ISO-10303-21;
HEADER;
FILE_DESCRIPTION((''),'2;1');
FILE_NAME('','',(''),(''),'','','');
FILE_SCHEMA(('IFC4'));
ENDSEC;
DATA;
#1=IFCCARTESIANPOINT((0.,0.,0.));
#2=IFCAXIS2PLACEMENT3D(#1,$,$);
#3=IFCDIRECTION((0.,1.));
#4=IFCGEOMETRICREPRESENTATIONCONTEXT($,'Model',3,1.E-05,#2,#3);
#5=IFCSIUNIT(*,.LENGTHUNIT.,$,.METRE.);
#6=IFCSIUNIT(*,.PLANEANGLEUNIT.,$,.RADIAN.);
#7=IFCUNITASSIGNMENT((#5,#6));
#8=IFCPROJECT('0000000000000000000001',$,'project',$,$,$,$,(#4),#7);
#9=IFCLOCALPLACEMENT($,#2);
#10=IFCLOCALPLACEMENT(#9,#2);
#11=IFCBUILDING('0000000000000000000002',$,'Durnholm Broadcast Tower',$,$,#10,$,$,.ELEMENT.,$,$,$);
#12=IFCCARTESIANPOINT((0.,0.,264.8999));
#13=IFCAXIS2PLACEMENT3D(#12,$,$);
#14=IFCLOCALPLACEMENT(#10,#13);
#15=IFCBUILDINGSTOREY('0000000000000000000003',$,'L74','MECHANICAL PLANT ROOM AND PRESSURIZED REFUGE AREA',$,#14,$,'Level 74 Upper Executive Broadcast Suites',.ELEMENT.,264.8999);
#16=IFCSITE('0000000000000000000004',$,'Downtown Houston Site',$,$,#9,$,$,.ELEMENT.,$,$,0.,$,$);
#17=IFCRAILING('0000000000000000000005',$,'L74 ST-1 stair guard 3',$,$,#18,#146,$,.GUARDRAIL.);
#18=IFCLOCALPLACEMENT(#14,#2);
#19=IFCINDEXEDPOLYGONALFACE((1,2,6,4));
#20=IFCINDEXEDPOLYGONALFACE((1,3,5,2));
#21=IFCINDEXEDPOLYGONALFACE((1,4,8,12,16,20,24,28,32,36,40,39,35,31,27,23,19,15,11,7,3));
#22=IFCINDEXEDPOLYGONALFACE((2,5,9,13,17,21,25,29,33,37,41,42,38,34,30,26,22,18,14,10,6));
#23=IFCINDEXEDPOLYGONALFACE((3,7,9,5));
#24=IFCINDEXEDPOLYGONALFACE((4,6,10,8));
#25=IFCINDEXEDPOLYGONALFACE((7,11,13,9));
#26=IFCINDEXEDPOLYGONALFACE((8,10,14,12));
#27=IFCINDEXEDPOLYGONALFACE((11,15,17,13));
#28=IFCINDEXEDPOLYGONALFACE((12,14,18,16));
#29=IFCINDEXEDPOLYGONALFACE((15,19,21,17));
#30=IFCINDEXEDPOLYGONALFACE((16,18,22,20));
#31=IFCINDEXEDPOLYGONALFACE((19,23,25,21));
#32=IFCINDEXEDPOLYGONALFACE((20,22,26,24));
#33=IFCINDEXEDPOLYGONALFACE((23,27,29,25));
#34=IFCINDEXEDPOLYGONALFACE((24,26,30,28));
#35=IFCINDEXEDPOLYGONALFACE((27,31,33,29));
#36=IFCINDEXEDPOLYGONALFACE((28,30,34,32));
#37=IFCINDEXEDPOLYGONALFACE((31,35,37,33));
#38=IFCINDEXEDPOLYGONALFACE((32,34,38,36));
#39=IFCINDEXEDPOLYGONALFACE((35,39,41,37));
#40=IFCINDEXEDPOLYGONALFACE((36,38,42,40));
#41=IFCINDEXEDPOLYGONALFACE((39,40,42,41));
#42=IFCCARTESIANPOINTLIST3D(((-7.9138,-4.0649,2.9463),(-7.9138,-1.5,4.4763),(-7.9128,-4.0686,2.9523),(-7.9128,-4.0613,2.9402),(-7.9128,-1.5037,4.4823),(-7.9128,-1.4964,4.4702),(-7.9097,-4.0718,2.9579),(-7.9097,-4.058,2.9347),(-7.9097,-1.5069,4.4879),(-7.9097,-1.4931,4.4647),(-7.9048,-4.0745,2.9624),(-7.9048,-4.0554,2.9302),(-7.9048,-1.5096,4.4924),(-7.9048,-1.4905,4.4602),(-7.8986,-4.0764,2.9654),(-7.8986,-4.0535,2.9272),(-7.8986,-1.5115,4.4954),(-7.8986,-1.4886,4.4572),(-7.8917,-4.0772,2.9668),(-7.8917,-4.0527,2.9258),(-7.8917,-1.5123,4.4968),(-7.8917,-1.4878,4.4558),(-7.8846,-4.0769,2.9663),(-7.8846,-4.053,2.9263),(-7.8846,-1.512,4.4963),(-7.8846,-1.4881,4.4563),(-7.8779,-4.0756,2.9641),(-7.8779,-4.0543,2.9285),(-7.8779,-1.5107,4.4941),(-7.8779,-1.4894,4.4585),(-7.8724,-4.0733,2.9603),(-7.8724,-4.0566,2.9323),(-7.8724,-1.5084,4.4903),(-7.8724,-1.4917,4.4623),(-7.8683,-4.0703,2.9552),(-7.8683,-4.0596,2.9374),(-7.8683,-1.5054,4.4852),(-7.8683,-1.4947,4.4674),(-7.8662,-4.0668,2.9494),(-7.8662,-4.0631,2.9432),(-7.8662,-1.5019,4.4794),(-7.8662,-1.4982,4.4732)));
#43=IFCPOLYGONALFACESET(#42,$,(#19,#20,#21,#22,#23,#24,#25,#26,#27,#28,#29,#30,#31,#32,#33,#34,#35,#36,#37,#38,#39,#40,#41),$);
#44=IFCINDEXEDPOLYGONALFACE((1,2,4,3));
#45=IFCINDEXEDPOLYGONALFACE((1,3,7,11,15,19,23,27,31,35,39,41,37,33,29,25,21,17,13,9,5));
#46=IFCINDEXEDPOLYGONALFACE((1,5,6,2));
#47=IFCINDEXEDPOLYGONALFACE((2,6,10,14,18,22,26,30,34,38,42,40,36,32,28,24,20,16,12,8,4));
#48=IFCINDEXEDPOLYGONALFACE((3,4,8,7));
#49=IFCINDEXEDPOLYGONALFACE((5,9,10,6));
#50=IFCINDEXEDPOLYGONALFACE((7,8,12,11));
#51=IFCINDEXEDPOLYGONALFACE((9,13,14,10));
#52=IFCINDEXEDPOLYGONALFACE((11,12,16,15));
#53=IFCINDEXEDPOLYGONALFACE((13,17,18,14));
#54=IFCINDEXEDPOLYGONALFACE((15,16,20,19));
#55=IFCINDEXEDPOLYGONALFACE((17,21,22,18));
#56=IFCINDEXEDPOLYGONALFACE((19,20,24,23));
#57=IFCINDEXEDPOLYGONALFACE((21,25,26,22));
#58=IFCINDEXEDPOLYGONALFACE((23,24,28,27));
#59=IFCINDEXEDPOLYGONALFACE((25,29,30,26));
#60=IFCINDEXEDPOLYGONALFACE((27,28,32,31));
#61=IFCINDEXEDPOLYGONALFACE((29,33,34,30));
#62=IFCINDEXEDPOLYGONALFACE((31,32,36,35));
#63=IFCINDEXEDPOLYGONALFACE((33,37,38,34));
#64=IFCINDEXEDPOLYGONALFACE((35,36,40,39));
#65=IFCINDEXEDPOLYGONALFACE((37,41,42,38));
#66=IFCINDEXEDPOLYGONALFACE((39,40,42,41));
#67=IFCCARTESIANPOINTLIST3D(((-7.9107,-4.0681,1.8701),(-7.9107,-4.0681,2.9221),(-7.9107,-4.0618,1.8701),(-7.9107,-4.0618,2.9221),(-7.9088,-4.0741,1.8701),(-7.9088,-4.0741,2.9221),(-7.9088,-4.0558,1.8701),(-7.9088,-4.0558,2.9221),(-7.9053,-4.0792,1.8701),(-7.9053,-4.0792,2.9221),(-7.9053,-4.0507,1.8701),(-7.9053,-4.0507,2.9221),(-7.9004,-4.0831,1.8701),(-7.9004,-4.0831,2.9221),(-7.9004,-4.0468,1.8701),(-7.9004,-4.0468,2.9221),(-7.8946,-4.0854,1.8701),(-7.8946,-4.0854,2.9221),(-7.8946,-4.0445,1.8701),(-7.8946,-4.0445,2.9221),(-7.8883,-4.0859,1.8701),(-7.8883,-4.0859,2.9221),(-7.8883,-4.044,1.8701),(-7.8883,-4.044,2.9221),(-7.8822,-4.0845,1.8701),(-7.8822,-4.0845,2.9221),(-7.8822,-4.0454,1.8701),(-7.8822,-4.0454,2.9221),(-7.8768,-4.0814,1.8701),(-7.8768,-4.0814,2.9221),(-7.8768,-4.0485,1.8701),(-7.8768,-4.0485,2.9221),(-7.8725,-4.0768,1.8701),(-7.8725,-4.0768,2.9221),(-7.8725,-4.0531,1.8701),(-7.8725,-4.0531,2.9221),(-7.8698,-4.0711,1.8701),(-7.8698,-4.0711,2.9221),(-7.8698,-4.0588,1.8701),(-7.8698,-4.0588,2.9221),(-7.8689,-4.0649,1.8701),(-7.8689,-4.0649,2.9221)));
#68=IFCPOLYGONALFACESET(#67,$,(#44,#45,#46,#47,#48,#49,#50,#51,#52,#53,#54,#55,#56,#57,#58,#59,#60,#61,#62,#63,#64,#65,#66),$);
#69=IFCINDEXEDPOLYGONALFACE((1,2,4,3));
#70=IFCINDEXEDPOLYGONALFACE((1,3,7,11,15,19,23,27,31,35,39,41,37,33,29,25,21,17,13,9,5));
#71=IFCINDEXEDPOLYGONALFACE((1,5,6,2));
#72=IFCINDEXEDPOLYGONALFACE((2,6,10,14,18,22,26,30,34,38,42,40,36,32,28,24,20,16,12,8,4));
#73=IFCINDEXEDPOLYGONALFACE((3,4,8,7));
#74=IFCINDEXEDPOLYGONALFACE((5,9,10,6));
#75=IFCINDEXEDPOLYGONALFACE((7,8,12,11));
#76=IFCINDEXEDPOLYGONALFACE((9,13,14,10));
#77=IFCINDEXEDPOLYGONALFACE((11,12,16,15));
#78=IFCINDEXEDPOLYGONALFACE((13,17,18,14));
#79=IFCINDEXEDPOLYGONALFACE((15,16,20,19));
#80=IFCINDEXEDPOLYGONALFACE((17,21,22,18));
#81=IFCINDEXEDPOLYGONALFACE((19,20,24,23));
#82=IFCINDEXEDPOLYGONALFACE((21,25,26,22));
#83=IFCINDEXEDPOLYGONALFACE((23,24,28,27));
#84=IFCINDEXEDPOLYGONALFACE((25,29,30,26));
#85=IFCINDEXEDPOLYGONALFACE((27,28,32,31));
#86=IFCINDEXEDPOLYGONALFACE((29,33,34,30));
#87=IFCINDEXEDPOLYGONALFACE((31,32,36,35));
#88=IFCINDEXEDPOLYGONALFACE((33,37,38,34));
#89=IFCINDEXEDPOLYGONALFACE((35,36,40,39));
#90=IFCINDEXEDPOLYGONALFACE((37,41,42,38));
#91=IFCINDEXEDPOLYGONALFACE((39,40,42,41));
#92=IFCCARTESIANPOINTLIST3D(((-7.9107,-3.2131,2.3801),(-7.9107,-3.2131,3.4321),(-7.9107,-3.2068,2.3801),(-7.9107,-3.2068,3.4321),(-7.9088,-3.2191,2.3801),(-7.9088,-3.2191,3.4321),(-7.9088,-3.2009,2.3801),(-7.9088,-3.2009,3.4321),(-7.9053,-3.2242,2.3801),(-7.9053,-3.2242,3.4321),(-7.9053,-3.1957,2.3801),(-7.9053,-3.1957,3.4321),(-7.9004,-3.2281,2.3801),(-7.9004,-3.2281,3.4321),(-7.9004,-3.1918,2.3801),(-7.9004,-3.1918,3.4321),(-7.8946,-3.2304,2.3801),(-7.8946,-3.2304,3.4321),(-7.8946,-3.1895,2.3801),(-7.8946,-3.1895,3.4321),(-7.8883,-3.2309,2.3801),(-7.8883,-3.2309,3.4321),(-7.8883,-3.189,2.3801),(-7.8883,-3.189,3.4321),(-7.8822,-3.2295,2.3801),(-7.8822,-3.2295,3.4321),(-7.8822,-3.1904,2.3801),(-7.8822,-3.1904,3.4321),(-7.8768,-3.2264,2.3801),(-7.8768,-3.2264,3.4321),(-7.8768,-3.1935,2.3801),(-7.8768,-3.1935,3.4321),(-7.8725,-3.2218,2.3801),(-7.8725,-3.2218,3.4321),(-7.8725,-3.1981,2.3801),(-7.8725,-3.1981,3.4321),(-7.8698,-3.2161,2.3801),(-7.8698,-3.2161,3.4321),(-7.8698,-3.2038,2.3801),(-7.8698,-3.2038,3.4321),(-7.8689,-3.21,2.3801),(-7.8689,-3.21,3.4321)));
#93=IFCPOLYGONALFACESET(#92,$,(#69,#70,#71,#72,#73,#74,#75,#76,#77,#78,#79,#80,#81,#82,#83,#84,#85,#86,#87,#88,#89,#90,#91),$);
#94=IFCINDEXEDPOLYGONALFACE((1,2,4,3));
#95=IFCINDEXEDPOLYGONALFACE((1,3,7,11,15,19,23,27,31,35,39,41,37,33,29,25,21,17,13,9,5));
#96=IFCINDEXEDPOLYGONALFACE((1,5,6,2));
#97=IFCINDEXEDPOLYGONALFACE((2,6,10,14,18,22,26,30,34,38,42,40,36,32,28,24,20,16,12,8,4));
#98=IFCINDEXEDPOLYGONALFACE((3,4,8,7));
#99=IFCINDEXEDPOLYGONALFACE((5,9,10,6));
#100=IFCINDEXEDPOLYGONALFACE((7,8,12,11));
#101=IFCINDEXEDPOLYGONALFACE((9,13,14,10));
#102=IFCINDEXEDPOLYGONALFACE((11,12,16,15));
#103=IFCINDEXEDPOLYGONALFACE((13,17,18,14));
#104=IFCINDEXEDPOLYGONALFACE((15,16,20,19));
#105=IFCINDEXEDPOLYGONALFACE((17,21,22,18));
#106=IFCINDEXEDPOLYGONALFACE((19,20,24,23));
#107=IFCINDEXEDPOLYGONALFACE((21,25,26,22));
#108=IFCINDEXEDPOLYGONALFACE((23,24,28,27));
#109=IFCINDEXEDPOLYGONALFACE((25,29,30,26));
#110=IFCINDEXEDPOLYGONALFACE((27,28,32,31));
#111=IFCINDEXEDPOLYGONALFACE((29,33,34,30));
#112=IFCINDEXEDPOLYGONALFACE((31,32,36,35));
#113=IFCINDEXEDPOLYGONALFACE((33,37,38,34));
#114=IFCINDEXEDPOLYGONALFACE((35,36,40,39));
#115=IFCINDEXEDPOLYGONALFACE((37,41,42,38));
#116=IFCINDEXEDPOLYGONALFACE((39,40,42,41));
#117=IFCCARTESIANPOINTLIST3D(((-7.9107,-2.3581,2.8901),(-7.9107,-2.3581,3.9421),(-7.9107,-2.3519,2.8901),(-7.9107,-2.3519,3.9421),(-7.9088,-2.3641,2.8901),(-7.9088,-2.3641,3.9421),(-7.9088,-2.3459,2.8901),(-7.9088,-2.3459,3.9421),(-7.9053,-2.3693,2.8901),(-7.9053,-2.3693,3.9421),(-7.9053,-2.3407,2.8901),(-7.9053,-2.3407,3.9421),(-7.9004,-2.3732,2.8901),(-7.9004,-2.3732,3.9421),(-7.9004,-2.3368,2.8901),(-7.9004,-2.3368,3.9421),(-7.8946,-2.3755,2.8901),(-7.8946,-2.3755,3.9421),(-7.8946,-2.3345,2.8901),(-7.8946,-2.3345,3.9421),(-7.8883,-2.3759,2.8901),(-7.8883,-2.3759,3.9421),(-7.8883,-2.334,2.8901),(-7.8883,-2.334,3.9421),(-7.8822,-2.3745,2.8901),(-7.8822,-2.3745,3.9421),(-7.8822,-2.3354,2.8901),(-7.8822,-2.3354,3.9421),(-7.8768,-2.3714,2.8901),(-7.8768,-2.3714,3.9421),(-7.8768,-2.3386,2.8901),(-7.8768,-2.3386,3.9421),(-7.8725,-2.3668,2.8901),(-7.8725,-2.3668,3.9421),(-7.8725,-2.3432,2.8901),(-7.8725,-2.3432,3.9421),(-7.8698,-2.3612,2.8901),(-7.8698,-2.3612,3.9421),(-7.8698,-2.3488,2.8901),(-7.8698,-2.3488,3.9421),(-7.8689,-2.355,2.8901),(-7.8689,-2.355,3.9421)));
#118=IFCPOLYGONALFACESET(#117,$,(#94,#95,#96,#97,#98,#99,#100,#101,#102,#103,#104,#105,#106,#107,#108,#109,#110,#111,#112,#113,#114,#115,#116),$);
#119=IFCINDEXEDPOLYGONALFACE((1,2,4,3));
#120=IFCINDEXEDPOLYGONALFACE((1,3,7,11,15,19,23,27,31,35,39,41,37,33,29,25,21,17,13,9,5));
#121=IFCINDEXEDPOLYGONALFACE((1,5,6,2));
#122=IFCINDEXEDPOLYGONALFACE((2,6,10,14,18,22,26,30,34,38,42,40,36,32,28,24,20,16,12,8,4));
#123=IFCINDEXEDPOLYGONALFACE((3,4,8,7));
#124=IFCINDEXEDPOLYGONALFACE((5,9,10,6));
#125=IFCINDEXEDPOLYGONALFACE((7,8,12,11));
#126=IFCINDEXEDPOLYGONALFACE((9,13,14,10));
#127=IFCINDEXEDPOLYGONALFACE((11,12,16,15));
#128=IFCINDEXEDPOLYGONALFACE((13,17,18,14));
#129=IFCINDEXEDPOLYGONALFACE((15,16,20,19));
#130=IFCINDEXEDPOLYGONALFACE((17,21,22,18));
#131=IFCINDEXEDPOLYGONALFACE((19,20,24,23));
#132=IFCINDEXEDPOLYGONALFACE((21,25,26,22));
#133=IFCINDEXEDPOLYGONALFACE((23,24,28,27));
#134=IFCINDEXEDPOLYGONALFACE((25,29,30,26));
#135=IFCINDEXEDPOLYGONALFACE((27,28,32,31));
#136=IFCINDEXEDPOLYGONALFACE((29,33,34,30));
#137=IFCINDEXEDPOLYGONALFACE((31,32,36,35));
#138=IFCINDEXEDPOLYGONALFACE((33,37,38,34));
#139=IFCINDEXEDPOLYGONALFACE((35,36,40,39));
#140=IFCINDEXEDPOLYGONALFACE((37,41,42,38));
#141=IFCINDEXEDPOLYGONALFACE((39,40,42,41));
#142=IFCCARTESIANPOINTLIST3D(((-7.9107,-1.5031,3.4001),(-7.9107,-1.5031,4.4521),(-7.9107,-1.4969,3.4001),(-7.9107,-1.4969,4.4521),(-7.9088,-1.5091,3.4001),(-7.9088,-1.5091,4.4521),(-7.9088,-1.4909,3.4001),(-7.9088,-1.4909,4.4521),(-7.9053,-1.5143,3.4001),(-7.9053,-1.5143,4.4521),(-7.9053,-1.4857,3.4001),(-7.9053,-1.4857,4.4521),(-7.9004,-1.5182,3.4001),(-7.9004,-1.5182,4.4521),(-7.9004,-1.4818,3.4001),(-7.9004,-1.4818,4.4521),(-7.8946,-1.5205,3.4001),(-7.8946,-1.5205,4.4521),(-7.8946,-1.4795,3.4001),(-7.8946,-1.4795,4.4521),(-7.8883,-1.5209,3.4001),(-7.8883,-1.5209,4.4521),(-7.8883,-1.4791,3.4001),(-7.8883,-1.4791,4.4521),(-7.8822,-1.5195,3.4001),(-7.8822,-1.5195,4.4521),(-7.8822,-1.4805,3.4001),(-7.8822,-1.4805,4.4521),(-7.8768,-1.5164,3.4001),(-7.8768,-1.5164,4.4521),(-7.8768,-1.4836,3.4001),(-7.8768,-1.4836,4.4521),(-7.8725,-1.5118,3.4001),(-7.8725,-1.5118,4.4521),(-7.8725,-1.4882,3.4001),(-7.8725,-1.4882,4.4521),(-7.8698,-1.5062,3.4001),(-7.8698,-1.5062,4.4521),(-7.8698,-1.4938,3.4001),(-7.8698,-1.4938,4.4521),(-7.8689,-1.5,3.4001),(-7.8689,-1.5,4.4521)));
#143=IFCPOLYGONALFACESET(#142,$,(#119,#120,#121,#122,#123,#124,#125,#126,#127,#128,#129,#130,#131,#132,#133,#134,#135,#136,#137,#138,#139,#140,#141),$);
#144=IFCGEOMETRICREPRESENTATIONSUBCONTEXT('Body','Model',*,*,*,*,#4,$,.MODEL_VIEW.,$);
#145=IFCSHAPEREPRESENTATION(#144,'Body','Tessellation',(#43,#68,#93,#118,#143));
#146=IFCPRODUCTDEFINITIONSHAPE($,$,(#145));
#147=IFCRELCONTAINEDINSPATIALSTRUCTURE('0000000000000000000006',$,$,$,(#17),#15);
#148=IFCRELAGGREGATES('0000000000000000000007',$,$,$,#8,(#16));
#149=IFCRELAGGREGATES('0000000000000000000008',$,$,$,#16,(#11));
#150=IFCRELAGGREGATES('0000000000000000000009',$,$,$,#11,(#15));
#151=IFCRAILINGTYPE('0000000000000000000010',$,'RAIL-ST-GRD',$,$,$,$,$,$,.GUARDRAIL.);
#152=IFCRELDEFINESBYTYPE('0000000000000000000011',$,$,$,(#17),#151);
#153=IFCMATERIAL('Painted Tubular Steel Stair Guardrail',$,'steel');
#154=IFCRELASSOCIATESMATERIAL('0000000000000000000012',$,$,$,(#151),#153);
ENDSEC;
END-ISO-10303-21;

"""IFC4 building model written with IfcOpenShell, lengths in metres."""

from ifc_helpers import new_model, si_unit, direction, frame, origin, origin_2d, place, context, subcontext, project, spatial, circle, extrude, material, type_object, element, save


model = new_model("IFC4")

# Units and contexts
model_context = context("Model", 3, precision=1e-05, world=origin(), true_north=direction((0.0, 1.0)))
body_context = subcontext(model_context, "Body", "Model", "MODEL_VIEW")
ifc_project = project(units=[si_unit("LENGTHUNIT", "METRE"), si_unit("PLANEANGLEUNIT", "RADIAN")], contexts=[model_context])

# Site, building, storey
site_placement = place(None, origin())
site = spatial("IfcSite", under=ifc_project, at=site_placement, Name="Downtown Houston Site", CompositionType="ELEMENT", RefElevation=0.0)
building_placement = place(site_placement, origin())
building = spatial("IfcBuilding", under=site, at=building_placement, Name="Durnholm Broadcast Tower", CompositionType="ELEMENT")
storey_placement = place(building_placement, frame((0.0, 0.0, 264.8999)))
storey = spatial("IfcBuildingStorey", under=building, at=storey_placement, Name="L74", Description="MECHANICAL PLANT ROOM AND PRESSURIZED REFUGE AREA", LongName="Level 74 Upper Executive Broadcast Suites", CompositionType="ELEMENT", Elevation=264.8999)

# Railing
ifc_material_1 = material(Name="Painted Tubular Steel Stair Guardrail", Category="steel")
railing_type_1 = type_object("IfcRailingType", Name="RAIL-ST-GRD", PredefinedType="GUARDRAIL", material=ifc_material_1)
railing_1_placement = place(storey_placement, frame((-7.8899, -4.0649, 1.8701)))
element("IfcRailing", 1, at=railing_1_placement, inside=storey, type_object=railing_type_1, Name="L74 ST-1 stair guard 3", PredefinedType="GUARDRAIL", context=body_context, shape_type="SweptSolid", body=[
    extrude(circle(Radius=0.0239, at=origin_2d()), frame((0.0, 0.0, 1.0762), z_axis=(0.0, 0.85881, 0.512294), x_axis=(-1.0, 0.0, 0.0)), (0.0, 0.0, 1.0), 2.9866),
    extrude(circle(Radius=0.021, at=origin_2d()), origin(), (0.0, 0.0, 1.0), 1.052),
    extrude(circle(Radius=0.021, at=origin_2d()), frame((0.0, 0.855, 0.51)), (0.0, 0.0, 1.0), 1.052),
    extrude(circle(Radius=0.021, at=origin_2d()), frame((0.0, 1.71, 1.02)), (0.0, 0.0, 1.0), 1.052),
    extrude(circle(Radius=0.021, at=origin_2d()), frame((0.0, 2.5649, 1.53)), (0.0, 0.0, 1.0), 1.052),
])

save(model, "model.ifc")
